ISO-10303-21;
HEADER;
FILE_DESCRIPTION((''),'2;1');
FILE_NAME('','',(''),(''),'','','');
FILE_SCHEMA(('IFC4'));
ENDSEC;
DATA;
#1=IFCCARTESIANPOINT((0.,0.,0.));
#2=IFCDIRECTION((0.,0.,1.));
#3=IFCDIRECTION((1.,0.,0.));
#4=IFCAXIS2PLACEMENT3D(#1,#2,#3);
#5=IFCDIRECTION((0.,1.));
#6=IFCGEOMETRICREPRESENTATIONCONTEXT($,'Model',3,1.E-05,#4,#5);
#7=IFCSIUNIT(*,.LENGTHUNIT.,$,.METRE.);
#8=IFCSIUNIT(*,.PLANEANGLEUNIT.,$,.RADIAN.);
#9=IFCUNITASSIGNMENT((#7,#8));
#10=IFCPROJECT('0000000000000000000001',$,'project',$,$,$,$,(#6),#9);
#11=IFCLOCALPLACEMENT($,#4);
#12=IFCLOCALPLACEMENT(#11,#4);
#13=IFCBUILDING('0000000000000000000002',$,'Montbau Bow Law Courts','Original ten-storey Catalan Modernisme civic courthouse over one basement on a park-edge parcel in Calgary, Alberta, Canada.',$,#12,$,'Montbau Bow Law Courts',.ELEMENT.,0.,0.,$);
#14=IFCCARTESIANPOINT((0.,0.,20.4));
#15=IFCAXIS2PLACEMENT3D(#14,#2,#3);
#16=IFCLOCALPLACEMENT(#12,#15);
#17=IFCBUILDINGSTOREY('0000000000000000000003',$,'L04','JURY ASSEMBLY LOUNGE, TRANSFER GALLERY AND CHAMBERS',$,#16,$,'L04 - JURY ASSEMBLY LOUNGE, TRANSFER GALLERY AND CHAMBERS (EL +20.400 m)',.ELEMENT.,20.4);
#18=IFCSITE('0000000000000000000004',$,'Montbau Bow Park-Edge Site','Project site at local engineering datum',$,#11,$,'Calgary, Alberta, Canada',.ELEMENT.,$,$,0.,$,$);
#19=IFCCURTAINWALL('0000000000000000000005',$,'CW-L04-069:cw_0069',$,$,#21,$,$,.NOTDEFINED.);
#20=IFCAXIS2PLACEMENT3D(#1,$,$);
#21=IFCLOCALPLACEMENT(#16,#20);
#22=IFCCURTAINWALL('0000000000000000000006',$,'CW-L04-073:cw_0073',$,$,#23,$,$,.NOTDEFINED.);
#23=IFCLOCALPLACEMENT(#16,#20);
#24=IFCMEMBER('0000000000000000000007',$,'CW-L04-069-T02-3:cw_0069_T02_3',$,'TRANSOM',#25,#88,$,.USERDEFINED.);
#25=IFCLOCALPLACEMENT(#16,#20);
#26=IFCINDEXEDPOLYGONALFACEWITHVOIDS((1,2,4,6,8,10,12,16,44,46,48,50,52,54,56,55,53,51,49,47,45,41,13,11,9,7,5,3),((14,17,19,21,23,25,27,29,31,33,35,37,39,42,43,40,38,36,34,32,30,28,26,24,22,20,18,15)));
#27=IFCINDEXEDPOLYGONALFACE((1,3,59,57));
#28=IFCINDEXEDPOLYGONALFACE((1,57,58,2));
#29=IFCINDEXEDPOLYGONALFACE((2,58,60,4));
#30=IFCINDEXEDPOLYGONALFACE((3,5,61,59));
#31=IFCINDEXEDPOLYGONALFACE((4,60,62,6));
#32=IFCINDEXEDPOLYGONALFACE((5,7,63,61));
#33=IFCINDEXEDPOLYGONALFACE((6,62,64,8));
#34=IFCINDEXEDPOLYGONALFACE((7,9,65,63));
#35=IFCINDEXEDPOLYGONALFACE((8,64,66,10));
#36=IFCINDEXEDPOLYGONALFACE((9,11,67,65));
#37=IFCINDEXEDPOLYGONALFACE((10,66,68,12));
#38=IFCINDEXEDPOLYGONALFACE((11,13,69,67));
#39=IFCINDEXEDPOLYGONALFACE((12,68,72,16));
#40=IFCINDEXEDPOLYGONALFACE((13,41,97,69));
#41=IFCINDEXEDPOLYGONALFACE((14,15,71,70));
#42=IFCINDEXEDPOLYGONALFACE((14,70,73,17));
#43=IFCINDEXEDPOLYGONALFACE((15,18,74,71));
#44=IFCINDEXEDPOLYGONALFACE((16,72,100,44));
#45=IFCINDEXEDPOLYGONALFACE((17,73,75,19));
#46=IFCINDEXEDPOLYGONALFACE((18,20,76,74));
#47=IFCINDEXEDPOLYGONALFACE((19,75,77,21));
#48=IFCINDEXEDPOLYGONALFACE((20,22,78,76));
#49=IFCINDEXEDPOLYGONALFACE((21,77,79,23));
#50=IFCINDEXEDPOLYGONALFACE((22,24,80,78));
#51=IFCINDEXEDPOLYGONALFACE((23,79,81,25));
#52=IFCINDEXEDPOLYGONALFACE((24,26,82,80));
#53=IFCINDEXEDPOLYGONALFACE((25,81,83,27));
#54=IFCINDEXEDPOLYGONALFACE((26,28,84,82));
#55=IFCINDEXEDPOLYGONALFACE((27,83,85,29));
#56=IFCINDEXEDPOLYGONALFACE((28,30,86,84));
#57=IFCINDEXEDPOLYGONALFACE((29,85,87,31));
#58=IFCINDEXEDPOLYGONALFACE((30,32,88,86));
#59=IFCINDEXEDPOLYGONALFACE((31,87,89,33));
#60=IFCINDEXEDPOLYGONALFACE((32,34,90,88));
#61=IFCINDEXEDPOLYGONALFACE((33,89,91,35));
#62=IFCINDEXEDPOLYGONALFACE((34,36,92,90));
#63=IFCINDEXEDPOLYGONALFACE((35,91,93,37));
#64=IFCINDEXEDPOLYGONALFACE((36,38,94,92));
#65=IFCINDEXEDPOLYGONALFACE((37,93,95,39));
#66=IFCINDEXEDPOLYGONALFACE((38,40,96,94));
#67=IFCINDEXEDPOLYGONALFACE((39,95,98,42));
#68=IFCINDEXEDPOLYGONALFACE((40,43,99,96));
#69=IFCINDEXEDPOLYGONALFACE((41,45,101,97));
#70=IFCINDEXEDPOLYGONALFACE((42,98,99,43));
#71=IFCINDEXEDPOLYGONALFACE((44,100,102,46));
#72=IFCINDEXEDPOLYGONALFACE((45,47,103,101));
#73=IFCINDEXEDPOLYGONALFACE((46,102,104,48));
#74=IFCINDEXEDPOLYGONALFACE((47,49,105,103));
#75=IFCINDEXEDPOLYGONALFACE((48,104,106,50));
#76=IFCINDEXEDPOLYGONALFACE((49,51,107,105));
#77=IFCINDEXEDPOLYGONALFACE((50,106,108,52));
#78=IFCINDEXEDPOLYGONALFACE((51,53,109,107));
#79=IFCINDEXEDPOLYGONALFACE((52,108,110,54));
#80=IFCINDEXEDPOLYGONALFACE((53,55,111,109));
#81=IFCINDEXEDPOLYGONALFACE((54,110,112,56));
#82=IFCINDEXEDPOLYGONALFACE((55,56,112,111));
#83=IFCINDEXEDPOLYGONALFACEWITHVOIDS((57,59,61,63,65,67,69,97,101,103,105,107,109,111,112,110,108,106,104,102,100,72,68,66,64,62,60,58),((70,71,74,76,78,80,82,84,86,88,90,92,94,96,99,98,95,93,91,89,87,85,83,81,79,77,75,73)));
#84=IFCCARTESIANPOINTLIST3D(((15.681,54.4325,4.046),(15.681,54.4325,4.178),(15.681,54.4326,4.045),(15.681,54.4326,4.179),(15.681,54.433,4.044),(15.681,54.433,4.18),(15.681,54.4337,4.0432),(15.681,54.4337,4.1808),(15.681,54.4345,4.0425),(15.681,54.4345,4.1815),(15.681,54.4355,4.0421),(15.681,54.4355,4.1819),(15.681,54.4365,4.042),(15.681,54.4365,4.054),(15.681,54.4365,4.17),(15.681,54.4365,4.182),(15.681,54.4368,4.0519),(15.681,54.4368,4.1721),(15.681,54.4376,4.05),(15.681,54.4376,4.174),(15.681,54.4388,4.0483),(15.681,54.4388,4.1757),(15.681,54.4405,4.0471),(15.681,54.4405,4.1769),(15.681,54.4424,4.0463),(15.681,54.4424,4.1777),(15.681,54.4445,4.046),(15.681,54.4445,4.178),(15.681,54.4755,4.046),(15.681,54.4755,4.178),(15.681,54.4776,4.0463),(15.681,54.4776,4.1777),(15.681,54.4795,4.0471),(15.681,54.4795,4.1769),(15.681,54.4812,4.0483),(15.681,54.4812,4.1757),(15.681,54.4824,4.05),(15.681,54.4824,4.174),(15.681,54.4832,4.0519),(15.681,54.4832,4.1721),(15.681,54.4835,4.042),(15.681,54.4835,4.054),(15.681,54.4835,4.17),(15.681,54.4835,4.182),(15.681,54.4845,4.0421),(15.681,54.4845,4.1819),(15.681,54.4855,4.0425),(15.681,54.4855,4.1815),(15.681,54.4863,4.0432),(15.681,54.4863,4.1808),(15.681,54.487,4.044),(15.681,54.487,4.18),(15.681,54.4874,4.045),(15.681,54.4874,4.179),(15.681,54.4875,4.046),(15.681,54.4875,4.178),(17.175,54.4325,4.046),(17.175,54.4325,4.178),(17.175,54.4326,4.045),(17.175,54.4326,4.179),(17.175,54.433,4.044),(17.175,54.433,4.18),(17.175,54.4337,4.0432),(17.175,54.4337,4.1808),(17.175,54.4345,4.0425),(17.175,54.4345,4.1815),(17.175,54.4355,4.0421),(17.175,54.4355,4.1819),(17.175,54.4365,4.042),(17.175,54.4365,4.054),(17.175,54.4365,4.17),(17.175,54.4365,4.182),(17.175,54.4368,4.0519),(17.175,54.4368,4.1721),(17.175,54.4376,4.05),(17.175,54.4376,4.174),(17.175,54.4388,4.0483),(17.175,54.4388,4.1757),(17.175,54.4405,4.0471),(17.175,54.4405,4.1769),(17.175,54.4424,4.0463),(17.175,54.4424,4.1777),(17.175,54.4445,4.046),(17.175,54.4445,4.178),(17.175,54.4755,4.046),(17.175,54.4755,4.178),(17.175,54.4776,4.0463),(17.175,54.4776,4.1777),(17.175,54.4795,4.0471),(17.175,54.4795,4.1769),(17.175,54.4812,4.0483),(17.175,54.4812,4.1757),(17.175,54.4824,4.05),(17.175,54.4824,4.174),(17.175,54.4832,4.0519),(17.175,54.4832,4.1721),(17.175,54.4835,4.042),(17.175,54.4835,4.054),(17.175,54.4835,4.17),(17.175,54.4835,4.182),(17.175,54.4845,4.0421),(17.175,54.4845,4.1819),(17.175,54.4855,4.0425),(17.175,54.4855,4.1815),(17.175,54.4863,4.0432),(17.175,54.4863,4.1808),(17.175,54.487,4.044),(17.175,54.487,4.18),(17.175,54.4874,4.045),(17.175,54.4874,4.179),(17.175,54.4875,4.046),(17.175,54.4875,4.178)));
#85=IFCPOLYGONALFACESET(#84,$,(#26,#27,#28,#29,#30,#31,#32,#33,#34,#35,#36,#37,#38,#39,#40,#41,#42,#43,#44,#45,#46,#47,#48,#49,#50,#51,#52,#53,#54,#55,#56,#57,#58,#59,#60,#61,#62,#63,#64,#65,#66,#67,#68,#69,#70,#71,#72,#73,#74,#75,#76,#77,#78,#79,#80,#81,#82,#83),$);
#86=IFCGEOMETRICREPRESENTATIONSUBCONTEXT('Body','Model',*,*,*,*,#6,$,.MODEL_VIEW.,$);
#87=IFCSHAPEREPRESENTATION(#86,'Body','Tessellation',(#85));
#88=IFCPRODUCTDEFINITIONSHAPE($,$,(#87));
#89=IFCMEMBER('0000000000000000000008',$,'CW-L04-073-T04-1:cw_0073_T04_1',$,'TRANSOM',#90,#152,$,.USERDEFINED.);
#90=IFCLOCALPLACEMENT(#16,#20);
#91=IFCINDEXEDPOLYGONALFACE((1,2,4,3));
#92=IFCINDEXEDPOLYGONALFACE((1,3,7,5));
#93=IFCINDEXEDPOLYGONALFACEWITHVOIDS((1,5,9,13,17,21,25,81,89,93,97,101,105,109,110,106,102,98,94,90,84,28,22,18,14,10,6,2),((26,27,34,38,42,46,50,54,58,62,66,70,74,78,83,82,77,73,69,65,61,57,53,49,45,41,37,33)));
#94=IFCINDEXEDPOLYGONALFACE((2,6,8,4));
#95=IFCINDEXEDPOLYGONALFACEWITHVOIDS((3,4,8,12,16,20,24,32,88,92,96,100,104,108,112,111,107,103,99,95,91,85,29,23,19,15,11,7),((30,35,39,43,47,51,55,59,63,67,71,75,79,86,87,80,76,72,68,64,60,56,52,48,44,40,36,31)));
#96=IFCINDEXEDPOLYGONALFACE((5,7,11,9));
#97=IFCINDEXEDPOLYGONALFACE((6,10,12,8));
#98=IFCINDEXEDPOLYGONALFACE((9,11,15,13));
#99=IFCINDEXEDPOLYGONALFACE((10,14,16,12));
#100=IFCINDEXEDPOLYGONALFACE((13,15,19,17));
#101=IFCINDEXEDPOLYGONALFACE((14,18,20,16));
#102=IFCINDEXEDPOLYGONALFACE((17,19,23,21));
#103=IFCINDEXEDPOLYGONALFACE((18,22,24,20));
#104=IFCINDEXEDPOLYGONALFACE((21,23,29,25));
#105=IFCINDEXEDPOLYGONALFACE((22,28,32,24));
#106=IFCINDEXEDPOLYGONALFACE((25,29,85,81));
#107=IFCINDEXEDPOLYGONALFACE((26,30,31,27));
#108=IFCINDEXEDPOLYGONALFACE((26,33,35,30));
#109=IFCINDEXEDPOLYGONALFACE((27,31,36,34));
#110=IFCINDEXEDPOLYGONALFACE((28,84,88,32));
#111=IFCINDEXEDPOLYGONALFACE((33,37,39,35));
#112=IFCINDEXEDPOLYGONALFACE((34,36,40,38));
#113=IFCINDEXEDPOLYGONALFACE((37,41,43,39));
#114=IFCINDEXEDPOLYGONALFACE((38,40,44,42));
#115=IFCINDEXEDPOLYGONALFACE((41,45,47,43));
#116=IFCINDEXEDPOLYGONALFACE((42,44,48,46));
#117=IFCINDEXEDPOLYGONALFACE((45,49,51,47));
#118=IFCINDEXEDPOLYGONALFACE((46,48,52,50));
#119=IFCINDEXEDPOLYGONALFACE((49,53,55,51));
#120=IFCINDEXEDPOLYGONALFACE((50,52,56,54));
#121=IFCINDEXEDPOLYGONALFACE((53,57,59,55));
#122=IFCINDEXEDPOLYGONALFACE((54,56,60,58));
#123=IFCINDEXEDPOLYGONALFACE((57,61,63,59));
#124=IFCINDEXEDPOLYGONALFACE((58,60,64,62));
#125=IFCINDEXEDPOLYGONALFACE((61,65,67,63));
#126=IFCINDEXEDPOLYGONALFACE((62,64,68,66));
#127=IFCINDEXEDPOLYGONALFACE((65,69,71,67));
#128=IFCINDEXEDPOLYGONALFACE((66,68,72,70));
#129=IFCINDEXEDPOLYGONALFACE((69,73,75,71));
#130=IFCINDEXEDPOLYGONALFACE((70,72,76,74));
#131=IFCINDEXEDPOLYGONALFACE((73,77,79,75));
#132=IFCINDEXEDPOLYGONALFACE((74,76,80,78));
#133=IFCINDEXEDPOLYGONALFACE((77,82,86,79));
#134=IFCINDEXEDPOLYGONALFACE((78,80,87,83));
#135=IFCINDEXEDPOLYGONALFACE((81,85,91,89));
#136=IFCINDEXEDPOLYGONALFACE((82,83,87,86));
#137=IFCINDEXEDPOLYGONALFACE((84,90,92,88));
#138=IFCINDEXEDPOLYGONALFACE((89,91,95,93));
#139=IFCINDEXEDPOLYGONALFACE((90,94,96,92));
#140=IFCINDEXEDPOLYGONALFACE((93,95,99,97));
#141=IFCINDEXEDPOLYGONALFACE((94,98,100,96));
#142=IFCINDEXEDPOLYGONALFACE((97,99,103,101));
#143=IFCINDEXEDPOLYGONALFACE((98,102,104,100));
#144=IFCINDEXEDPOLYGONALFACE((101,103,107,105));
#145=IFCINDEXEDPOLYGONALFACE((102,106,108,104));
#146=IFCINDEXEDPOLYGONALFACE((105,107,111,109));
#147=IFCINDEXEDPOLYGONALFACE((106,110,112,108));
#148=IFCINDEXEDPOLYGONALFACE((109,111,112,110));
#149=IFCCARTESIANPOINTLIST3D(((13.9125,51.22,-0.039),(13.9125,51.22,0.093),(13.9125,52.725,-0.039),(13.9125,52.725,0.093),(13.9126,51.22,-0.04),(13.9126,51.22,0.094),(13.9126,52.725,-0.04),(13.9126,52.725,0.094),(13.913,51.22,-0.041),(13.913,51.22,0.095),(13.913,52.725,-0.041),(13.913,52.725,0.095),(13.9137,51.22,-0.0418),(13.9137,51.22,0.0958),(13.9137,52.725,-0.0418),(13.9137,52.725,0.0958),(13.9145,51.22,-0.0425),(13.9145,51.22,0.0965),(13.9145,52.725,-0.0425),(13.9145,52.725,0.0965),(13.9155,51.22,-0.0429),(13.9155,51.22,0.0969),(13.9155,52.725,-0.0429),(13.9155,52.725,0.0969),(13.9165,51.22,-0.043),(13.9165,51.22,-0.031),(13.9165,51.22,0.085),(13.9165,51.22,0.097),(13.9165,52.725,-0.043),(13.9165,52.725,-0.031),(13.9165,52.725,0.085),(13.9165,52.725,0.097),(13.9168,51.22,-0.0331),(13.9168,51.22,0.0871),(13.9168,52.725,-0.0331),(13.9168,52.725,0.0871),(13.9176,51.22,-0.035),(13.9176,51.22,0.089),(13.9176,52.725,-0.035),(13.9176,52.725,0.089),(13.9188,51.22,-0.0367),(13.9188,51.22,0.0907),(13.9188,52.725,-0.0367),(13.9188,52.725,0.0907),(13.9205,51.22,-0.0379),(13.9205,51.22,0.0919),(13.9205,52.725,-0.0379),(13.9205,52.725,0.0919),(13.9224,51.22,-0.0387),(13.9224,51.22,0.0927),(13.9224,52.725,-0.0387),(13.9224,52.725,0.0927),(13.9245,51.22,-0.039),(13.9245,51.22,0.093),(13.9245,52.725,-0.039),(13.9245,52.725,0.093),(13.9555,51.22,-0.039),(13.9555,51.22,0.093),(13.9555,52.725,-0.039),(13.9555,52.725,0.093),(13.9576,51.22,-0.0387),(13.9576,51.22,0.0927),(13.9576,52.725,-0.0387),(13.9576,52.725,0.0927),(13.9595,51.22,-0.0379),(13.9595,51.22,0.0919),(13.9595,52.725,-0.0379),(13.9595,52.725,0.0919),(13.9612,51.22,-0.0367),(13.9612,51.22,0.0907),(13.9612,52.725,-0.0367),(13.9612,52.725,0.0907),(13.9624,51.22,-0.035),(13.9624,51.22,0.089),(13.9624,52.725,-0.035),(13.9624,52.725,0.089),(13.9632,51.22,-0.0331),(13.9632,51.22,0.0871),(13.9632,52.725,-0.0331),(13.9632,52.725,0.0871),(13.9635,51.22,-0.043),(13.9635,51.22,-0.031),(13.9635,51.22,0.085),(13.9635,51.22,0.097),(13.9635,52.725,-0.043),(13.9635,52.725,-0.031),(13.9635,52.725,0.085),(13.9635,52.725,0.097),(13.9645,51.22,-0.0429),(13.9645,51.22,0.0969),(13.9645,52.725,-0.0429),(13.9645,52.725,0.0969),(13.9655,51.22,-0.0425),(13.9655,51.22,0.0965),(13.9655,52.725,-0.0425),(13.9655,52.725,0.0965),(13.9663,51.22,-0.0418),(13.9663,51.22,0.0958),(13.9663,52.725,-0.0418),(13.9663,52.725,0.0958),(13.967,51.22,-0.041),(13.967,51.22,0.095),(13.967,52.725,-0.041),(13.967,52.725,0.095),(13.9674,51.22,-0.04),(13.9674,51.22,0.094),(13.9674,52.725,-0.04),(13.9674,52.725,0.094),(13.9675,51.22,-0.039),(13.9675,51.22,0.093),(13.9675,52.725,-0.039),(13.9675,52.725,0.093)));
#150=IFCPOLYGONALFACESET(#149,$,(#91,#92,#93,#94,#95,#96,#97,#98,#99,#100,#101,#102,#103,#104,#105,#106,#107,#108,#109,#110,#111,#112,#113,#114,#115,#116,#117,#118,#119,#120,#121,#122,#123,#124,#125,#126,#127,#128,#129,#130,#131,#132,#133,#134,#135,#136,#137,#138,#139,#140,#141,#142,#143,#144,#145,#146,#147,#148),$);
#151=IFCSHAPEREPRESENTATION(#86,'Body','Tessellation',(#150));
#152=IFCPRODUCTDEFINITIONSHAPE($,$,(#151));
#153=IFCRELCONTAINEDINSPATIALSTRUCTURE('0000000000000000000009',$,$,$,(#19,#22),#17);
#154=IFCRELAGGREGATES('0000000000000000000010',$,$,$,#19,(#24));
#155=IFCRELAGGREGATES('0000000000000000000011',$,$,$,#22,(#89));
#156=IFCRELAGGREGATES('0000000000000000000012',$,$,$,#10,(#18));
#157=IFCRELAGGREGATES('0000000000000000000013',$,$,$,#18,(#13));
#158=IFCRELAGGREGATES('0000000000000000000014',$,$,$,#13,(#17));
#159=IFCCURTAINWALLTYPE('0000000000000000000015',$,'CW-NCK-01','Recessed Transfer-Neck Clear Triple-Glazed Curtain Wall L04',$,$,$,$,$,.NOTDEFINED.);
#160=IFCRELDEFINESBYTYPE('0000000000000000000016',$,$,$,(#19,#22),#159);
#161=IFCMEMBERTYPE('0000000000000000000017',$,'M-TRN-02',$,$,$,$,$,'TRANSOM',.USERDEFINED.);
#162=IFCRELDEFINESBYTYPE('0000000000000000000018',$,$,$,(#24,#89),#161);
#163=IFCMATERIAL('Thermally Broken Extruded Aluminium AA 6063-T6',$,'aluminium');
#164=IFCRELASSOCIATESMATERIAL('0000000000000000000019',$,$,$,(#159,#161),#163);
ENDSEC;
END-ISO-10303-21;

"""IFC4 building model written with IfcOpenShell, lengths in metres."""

from ifc_helpers import new_model, si_unit, direction, frame, origin_with_axes, origin_2d_with_axis, place, context, subcontext, project, spatial, hollow_rectangle, extrude, material, material_profile, profile_set, type_object, element, aggregate, save


model = new_model("IFC4")

# Units and contexts
model_context = context("Model", 3, precision=1e-05, world=origin_with_axes(), true_north=direction((0.0, 1.0)))
body_context = subcontext(model_context, "Body", "Model", "MODEL_VIEW")
ifc_project = project(units=[si_unit("LENGTHUNIT", "METRE"), si_unit("PLANEANGLEUNIT", "RADIAN")], contexts=[model_context])

# Site, building, storey
site_placement = place(None, origin_with_axes())
site = spatial("IfcSite", under=ifc_project, at=site_placement, Name="Montbau Bow Park-Edge Site", Description="Project site at local engineering datum", LongName="Calgary, Alberta, Canada", CompositionType="ELEMENT", RefElevation=0.0)
building_placement = place(site_placement, origin_with_axes())
building = spatial("IfcBuilding", under=site, at=building_placement, Name="Montbau Bow Law Courts", Description="Original ten-storey Catalan Modernisme civic courthouse over one basement on a park-edge parcel in Calgary, Alberta, Canada.", LongName="Montbau Bow Law Courts", CompositionType="ELEMENT", ElevationOfRefHeight=0.0, ElevationOfTerrain=0.0)
storey_placement = place(building_placement, frame((0.0, 0.0, 20.4), z_axis=(0.0, 0.0, 1.0), x_axis=(1.0, 0.0, 0.0)))
storey = spatial("IfcBuildingStorey", under=building, at=storey_placement, Name="L04", Description="JURY ASSEMBLY LOUNGE, TRANSFER GALLERY AND CHAMBERS", LongName="L04 - JURY ASSEMBLY LOUNGE, TRANSFER GALLERY AND CHAMBERS (EL +20.400 m)", CompositionType="ELEMENT", Elevation=20.4)

# Curtain walls
ifc_material_1 = material(Name="Thermally Broken Extruded Aluminium AA 6063-T6", Category="aluminium")
curtain_wall_type = type_object("IfcCurtainWallType", Name="CW-NCK-01", Description="Recessed Transfer-Neck Clear Triple-Glazed Curtain Wall L04", PredefinedType="NOTDEFINED", material=ifc_material_1)
curtain_wall_1_placement = place(None, frame((14.068, 54.46, 20.4), z_axis=(0.0, 0.0, 1.0), x_axis=(1.0, 0.0, 0.0)))
curtain_wall_1 = element("IfcCurtainWall", 1, at=curtain_wall_1_placement, inside=storey, type_object=curtain_wall_type, Name="CW-L04-069:cw_0069", PredefinedType="NOTDEFINED")
curtain_wall_2_placement = place(None, frame((13.94, 46.468, 20.4), z_axis=(0.0, 0.0, 1.0), x_axis=(1.0, 0.0, 0.0)))
curtain_wall_2 = element("IfcCurtainWall", 2, at=curtain_wall_2_placement, inside=storey, type_object=curtain_wall_type, Name="CW-L04-073:cw_0073", PredefinedType="NOTDEFINED")

# Members
ifc_material_profile_1 = material_profile(ifc_material_1, hollow_rectangle(XDim=0.055, YDim=0.14, WallThickness=0.004, InnerFilletRadius=0.008, OuterFilletRadius=0.004, at=origin_2d_with_axis()), Name="CWT-140X55", Category="Main", Priority=0)
ifc_profile_set_1 = profile_set([ifc_material_profile_1], Name="Thermally Broken Extruded Aluminium AA 6063-T6")
member_type_1 = type_object("IfcMemberType", Name="M-TRN-02", ElementType="TRANSOM", PredefinedType="USERDEFINED", material=ifc_profile_set_1)
member_1_placement = place(None, frame((15.681, 54.46, 24.512), z_axis=(1.0, 0.0, 0.0), x_axis=(0.0, 1.0, 0.0)))
member_1 = element("IfcMember", 3, at=member_1_placement, type_object=member_type_1, Name="CW-L04-069-T02-3:cw_0069_T02_3", ObjectType="TRANSOM", PredefinedType="USERDEFINED", context=body_context, shape_type="SweptSolid", body=[
    extrude(hollow_rectangle(XDim=0.055, YDim=0.14, WallThickness=0.004, InnerFilletRadius=0.008, OuterFilletRadius=0.004, at=origin_2d_with_axis()), origin_with_axes(), (0.0, 0.0, 1.0), 1.494),
])
member_2_placement = place(None, frame((13.94, 51.22, 20.427), z_axis=(0.0, 1.0, 0.0), x_axis=(-1.0, 0.0, 0.0)))
member_2 = element("IfcMember", 4, at=member_2_placement, type_object=member_type_1, Name="CW-L04-073-T04-1:cw_0073_T04_1", ObjectType="TRANSOM", PredefinedType="USERDEFINED", context=body_context, shape_type="SweptSolid", body=[
    extrude(hollow_rectangle(XDim=0.055, YDim=0.14, WallThickness=0.004, InnerFilletRadius=0.008, OuterFilletRadius=0.004, at=origin_2d_with_axis()), origin_with_axes(), (0.0, 0.0, 1.0), 1.505),
])

aggregate(curtain_wall_1, [member_1])
aggregate(curtain_wall_2, [member_2])

save(model, "model.ifc")
